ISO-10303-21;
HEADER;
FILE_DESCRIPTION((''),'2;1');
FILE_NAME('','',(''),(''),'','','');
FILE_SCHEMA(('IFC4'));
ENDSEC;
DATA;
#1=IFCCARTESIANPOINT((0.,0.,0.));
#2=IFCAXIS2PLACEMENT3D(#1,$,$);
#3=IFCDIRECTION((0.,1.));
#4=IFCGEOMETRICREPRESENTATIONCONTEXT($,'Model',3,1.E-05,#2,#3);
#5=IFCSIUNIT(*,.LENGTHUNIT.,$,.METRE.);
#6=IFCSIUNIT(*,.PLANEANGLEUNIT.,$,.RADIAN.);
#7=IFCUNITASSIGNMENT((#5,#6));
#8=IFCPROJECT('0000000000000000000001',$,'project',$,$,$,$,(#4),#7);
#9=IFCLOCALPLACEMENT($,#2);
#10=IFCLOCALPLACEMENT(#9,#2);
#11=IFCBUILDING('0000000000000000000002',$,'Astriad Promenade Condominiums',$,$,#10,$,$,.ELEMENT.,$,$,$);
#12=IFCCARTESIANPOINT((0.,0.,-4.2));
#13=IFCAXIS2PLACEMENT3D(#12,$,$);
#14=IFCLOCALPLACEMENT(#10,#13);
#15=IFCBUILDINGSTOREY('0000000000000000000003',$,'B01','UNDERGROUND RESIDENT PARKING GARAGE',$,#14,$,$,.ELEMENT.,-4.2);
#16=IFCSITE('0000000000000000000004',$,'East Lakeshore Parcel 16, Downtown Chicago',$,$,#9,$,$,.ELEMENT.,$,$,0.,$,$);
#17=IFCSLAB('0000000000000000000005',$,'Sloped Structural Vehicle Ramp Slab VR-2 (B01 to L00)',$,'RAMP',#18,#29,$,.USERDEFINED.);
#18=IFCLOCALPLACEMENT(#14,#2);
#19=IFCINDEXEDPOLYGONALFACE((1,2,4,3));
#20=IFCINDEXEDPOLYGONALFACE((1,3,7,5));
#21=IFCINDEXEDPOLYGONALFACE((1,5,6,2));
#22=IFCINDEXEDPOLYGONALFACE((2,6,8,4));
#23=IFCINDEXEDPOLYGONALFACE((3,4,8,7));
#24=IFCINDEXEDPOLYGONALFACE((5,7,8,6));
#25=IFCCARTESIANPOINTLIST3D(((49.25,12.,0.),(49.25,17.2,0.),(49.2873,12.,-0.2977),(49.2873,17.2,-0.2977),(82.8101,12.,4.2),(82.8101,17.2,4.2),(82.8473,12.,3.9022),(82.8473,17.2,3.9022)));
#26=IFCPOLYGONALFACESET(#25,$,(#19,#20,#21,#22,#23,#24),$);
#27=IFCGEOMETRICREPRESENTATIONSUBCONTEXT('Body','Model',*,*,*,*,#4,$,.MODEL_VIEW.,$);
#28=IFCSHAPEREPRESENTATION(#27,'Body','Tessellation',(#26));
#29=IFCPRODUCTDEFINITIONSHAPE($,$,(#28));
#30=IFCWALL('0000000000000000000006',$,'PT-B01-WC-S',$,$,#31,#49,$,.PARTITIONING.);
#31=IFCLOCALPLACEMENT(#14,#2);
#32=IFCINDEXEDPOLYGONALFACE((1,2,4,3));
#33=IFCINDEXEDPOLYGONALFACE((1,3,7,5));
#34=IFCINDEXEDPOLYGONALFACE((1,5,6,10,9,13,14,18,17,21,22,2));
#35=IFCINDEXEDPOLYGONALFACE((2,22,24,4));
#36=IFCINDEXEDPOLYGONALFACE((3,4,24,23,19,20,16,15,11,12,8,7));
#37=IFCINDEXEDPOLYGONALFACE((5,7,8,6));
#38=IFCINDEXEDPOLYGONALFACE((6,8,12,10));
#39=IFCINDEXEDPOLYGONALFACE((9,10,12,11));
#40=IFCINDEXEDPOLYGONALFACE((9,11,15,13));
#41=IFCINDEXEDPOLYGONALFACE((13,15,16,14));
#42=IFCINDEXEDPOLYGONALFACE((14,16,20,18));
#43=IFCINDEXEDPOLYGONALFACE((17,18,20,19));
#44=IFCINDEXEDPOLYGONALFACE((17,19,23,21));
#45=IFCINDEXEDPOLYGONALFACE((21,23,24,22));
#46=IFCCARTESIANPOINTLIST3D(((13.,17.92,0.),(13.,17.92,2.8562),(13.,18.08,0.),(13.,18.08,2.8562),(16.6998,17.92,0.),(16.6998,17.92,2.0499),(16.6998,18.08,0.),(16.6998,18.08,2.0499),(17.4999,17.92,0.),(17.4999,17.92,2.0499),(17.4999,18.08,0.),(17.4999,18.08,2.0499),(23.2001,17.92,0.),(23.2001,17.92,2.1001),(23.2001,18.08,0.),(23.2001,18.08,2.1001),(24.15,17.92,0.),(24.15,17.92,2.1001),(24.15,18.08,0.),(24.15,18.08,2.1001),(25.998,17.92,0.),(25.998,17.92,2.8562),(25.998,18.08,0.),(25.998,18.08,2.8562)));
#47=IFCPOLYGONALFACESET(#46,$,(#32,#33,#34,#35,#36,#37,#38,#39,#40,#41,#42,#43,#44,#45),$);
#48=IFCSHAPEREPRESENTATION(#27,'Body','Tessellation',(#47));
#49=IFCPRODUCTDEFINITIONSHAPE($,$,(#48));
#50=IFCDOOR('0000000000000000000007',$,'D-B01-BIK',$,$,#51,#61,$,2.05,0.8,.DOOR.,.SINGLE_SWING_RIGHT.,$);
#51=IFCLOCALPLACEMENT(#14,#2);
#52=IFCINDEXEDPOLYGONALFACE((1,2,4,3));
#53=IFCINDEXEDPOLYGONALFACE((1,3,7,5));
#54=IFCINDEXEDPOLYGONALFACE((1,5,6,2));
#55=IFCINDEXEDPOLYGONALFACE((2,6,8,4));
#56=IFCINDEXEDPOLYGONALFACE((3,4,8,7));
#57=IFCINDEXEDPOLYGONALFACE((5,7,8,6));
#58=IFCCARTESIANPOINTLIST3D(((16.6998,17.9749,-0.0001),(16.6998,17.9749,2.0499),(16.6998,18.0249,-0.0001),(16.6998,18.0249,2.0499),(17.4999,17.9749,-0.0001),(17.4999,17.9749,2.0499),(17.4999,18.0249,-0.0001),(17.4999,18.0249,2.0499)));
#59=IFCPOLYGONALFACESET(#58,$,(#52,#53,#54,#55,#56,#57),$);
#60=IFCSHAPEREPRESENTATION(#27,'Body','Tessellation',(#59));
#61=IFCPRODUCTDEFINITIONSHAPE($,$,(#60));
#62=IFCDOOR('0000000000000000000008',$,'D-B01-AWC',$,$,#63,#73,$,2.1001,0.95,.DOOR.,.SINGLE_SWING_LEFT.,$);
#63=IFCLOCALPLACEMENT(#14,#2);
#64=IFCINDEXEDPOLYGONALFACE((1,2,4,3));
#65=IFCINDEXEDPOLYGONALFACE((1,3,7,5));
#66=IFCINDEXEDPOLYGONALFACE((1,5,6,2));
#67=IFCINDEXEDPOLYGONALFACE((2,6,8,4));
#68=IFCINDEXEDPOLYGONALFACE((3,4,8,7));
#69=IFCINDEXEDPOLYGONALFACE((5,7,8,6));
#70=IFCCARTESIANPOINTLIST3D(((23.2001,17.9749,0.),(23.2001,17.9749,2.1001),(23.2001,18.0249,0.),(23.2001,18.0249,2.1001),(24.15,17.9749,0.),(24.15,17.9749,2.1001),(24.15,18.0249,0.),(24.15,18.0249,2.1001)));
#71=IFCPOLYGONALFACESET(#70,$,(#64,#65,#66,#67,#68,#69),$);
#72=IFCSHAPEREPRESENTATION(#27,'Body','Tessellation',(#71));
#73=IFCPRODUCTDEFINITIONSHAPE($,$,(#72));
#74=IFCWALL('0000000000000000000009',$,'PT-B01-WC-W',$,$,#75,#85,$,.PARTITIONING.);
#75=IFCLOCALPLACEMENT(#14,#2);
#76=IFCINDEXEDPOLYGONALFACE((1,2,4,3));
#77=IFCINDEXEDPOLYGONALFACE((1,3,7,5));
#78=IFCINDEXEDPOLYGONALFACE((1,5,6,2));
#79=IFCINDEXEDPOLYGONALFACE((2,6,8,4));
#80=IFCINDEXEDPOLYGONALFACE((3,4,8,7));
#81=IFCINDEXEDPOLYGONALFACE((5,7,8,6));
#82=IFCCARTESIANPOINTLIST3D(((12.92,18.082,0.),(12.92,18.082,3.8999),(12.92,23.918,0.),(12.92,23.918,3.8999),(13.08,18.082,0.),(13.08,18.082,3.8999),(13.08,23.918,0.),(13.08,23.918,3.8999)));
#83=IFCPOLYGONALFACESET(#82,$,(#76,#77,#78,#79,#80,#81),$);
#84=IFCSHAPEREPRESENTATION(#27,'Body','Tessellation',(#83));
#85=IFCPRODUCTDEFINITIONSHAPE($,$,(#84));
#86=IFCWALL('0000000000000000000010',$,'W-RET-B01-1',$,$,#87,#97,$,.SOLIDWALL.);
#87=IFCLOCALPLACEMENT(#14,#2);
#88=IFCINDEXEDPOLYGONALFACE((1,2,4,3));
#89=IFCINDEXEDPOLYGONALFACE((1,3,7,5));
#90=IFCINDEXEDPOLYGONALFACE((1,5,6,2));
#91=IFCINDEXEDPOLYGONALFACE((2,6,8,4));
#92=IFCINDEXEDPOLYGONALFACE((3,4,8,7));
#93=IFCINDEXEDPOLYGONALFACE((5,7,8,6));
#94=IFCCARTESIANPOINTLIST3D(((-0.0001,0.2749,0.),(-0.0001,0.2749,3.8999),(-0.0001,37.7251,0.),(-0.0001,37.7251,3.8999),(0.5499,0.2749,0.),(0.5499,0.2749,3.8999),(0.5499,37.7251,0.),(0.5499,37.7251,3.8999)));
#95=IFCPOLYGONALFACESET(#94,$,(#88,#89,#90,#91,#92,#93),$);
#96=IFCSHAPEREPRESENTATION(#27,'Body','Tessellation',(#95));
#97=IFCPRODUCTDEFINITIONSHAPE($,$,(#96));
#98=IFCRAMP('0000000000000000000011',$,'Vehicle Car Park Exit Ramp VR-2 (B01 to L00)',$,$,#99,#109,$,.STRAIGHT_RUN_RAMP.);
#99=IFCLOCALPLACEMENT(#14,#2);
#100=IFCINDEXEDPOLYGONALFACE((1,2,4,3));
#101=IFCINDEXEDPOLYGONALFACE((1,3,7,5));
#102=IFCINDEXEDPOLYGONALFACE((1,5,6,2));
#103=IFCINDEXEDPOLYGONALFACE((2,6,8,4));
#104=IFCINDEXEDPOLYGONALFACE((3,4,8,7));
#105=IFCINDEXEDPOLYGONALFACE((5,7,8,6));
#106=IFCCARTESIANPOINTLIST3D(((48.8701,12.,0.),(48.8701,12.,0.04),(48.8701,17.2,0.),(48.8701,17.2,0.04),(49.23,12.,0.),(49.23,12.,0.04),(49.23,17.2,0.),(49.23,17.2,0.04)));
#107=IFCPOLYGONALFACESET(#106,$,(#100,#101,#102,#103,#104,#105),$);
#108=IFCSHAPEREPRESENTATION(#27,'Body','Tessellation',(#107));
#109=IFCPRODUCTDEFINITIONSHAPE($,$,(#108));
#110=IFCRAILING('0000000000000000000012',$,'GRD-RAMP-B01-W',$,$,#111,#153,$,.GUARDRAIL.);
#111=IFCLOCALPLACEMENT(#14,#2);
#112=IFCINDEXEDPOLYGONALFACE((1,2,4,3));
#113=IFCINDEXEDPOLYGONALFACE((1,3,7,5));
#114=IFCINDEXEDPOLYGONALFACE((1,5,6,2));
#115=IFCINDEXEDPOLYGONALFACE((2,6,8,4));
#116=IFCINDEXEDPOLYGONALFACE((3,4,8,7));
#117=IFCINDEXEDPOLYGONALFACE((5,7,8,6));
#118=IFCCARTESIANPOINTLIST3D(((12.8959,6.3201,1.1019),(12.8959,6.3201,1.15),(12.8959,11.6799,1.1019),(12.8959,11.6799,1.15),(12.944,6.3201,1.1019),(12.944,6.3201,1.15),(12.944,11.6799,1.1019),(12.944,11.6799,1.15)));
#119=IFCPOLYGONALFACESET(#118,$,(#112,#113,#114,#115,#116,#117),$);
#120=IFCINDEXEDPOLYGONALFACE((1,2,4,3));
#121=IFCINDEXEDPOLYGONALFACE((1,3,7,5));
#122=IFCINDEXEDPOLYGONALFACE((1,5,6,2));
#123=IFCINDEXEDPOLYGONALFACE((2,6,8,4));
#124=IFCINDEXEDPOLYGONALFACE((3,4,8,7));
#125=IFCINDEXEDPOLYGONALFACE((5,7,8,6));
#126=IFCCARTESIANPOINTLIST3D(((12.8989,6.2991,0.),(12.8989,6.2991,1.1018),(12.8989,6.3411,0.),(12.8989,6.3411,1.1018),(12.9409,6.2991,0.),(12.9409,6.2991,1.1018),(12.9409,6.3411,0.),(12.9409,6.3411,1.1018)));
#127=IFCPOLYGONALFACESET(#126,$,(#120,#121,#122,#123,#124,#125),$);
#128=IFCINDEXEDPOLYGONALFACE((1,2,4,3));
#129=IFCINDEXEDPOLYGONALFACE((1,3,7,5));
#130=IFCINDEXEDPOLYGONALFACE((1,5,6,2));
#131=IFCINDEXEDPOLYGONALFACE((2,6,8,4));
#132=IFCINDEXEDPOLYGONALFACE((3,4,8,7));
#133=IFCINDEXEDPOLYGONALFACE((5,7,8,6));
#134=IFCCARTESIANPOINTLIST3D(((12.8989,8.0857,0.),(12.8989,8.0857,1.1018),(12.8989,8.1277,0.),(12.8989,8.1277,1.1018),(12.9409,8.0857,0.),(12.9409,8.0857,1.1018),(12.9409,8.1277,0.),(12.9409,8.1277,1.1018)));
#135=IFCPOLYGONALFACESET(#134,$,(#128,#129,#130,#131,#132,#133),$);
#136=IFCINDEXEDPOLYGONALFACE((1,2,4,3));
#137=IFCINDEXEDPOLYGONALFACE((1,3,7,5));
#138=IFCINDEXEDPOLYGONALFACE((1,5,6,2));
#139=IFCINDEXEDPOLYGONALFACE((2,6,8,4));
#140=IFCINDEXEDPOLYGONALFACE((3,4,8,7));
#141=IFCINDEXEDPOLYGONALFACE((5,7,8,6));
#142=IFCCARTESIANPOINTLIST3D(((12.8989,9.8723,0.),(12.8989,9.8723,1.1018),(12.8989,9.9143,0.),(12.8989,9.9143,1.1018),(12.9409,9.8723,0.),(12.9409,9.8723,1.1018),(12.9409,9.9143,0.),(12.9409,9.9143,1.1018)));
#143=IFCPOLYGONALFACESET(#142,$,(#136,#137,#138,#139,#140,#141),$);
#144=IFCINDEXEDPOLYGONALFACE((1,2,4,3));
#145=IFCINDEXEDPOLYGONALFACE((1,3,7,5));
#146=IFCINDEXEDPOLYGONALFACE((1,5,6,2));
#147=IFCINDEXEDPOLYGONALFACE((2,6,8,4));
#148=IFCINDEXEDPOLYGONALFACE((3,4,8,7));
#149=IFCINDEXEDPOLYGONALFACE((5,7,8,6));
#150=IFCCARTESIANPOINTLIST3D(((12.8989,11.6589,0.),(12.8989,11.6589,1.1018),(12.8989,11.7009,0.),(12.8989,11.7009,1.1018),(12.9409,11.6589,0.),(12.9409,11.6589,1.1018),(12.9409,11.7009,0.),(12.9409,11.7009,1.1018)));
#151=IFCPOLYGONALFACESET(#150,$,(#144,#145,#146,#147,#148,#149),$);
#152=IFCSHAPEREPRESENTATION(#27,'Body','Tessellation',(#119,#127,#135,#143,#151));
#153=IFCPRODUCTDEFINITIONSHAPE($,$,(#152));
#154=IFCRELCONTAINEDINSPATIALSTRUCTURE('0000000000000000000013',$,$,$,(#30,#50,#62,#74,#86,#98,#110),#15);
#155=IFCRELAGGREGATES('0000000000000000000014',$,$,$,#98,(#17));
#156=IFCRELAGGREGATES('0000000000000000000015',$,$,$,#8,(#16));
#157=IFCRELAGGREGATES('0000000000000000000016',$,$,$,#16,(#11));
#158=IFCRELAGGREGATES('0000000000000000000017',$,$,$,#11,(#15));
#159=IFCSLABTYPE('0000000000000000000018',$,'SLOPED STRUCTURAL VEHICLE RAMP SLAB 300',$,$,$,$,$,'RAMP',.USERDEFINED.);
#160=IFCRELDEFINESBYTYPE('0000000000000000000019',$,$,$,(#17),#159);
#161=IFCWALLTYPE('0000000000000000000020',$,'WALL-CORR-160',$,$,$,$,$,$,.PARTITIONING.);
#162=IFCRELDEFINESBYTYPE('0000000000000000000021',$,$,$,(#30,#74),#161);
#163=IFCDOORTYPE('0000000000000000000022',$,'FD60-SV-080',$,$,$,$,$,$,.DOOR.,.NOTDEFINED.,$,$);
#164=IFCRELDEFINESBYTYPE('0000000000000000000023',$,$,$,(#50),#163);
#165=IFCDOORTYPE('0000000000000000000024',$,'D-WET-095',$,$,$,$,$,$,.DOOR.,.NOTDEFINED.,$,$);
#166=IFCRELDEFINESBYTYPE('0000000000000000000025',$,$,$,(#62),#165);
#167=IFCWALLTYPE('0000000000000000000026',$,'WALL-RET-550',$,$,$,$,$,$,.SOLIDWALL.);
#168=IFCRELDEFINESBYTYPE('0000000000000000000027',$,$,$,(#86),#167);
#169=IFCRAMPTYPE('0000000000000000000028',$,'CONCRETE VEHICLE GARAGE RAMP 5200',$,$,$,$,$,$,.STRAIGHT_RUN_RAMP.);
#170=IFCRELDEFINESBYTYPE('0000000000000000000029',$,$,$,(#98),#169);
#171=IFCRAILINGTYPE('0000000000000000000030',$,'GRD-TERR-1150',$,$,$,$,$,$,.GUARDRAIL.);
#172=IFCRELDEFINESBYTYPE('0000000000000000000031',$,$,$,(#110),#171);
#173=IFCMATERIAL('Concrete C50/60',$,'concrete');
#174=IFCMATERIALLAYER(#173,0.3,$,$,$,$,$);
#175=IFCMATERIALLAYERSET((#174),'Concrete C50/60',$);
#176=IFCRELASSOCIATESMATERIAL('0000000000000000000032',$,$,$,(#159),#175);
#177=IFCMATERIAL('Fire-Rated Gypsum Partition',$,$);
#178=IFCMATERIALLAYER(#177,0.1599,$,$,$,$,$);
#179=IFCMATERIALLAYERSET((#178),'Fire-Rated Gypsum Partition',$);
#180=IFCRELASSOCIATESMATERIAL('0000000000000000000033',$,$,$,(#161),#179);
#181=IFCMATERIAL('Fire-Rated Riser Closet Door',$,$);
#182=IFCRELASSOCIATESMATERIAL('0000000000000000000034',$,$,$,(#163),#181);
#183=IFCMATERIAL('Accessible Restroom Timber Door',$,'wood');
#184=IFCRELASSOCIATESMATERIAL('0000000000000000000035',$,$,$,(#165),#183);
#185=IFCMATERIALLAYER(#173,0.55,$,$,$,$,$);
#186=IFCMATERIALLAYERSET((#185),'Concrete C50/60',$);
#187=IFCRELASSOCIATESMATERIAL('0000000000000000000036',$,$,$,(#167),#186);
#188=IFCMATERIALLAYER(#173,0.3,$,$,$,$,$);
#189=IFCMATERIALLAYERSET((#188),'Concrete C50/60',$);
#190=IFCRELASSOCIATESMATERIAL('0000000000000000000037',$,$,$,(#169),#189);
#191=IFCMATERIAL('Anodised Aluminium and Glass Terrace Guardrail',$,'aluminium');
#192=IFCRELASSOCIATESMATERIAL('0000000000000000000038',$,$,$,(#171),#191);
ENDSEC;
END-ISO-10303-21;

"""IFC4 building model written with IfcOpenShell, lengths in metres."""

from ifc_helpers import new_model, si_unit, direction, frame, frame_2d, origin, origin_2d, place, context, subcontext, project, spatial, polyline, rectangle, outline, extrude, source, transform, mapped, material, layer, layer_set, type_object, type_shapes, element, fill, aggregate, save


model = new_model("IFC4")

# Units and contexts
model_context = context("Model", 3, precision=1e-05, world=origin(), true_north=direction((0.0, 1.0)))
body_context = subcontext(model_context, "Body", "Model", "MODEL_VIEW")
ifc_project = project(units=[si_unit("LENGTHUNIT", "METRE"), si_unit("PLANEANGLEUNIT", "RADIAN")], contexts=[model_context])

# Site, building, storey
site_placement = place(None, origin())
site = spatial("IfcSite", under=ifc_project, at=site_placement, Name="East Lakeshore Parcel 16, Downtown Chicago", CompositionType="ELEMENT", RefElevation=0.0)
building_placement = place(site_placement, origin())
building = spatial("IfcBuilding", under=site, at=building_placement, Name="Astriad Promenade Condominiums", CompositionType="ELEMENT")
storey_placement = place(building_placement, frame((0.0, 0.0, -4.2)))
storey = spatial("IfcBuildingStorey", under=building, at=storey_placement, Name="B01", Description="UNDERGROUND RESIDENT PARKING GARAGE", CompositionType="ELEMENT", Elevation=-4.2)

# Shared definitions
ifc_material_1 = material(Name="Concrete C50/60", Category="concrete")

# Slab
ifc_layer_1 = layer(ifc_material_1, 0.3)
ifc_layer_set_1 = layer_set([ifc_layer_1], Name="Concrete C50/60")
slab_type_1 = type_object("IfcSlabType", Name="SLOPED STRUCTURAL VEHICLE RAMP SLAB 300", ElementType="RAMP", PredefinedType="USERDEFINED", material=ifc_layer_set_1)
slab_1_placement = place(storey_placement, frame((49.25, 12.0, 0.0), z_axis=(-0.124179, 0.0, 0.99226), x_axis=(0.99226, 0.0, 0.124179)))
slab_1 = element("IfcSlab", 1, at=slab_1_placement, type_object=slab_type_1, Name="Sloped Structural Vehicle Ramp Slab VR-2 (B01 to L00)", ObjectType="RAMP", PredefinedType="USERDEFINED", context=body_context, shape_type="SweptSolid", body=[
    extrude(outline(polyline([(0.0, 0.0), (33.8218, 0.0), (33.8218, 5.2), (0.0, 5.2), (0.0, 0.0)])), origin(), (0.0, 0.0, -1.0), 0.3),
])

# Wall, openings, doors
ifc_material_2 = material(Name="Fire-Rated Gypsum Partition")
ifc_layer_2 = layer(ifc_material_2, 0.1599)
ifc_layer_set_2 = layer_set([ifc_layer_2], Name="Fire-Rated Gypsum Partition")
wall_type_1 = type_object("IfcWallType", Name="WALL-CORR-160", PredefinedType="PARTITIONING", material=ifc_layer_set_2)
wall_1_placement = place(storey_placement, frame((13.0, 18.0, 0.0), z_axis=(0.0, 0.0, 1.0), x_axis=(1.0, 0.0, 0.0)))
wall_1 = element("IfcWall", 2, at=wall_1_placement, inside=storey, type_object=wall_type_1, Name="PT-B01-WC-S", PredefinedType="PARTITIONING", context=body_context, shape_type="SweptSolid", body=[
    extrude(rectangle(XDim=12.998, YDim=0.1599, at=frame_2d((6.499, 0.0))), origin(), (0.0, 0.0, 1.0), 2.8562),
])
opening_1_placement = place(wall_1_placement, frame((10.2, 0.0, 0.0)))
opening_1 = element("IfcOpeningElement", 3, at=opening_1_placement, cuts=wall_1, PredefinedType="OPENING", context=body_context, shape_type="SweptSolid", body=[
    extrude(rectangle(XDim=0.95, YDim=2.1001, at=frame_2d((0.4751, 1.05))), frame((0.0, 0.0898, 0.0), z_axis=(0.0, -1.0, 0.0), x_axis=(1.0, 0.0, 0.0)), (0.0, 0.0, 1.0), 0.1799),
])
opening_2_placement = place(wall_1_placement, frame((3.7, 0.0, 0.0)))
opening_2 = element("IfcOpeningElement", 4, at=opening_2_placement, cuts=wall_1, PredefinedType="OPENING", context=body_context, shape_type="SweptSolid", body=[
    extrude(rectangle(XDim=0.8, YDim=2.05, at=frame_2d((0.3999, 1.0249))), frame((0.0, 0.0898, 0.0), z_axis=(0.0, -1.0, 0.0), x_axis=(1.0, 0.0, 0.0)), (0.0, 0.0, 1.0), 0.1799),
])
ifc_material_3 = material(Name="Fire-Rated Riser Closet Door")
door_type_1 = type_object("IfcDoorType", Name="FD60-SV-080", OperationType="NOTDEFINED", PredefinedType="DOOR", material=ifc_material_3)
shared_shape_1 = source(origin(), body_context, "Body", "SweptSolid", [
    extrude(rectangle(XDim=0.8, YDim=2.05, at=frame_2d((0.3999, 1.0249))), frame((0.0, 0.0249, 0.0), z_axis=(0.0, -1.0, 0.0), x_axis=(1.0, 0.0, 0.0)), (0.0, 0.0, 1.0), 0.05),
])
type_shapes(door_type_1, [shared_shape_1])
door_1_placement = place(opening_2_placement, origin())
door_1 = element("IfcDoor", 5, at=door_1_placement, inside=storey, type_object=door_type_1, Name="D-B01-BIK", OperationType="SINGLE_SWING_RIGHT", OverallHeight=2.05, OverallWidth=0.8, PredefinedType="DOOR", context=body_context, shape_type="MappedRepresentation", body=[
    mapped(shared_shape_1, transform((0.0, 0.0, 0.0), scale=1.0)),
])
fill(opening_2, door_1)
ifc_material_4 = material(Name="Accessible Restroom Timber Door", Category="wood")
door_type_2 = type_object("IfcDoorType", Name="D-WET-095", OperationType="NOTDEFINED", PredefinedType="DOOR", material=ifc_material_4)
shared_shape_2 = source(origin(), body_context, "Body", "SweptSolid", [
    extrude(rectangle(XDim=0.95, YDim=2.1001, at=frame_2d((0.4751, 1.05))), frame((0.0, 0.0249, 0.0), z_axis=(0.0, -1.0, 0.0), x_axis=(1.0, 0.0, 0.0)), (0.0, 0.0, 1.0), 0.05),
])
type_shapes(door_type_2, [shared_shape_2])
door_2_placement = place(opening_1_placement, origin())
door_2 = element("IfcDoor", 6, at=door_2_placement, inside=storey, type_object=door_type_2, Name="D-B01-AWC", OperationType="SINGLE_SWING_LEFT", OverallHeight=2.1001, OverallWidth=0.95, PredefinedType="DOOR", context=body_context, shape_type="MappedRepresentation", body=[
    mapped(shared_shape_2, transform((0.0, 0.0, 0.0), scale=1.0)),
])
fill(opening_1, door_2)

# Walls
wall_2_placement = place(storey_placement, frame((13.0, 18.082, 0.0), z_axis=(0.0, 0.0, 1.0), x_axis=(0.0, 1.0, 0.0)))
element("IfcWall", 7, at=wall_2_placement, inside=storey, type_object=wall_type_1, Name="PT-B01-WC-W", PredefinedType="PARTITIONING", context=body_context, shape_type="SweptSolid", body=[
    extrude(rectangle(XDim=5.8359, YDim=0.1599, at=frame_2d((2.918, 0.0))), origin(), (0.0, 0.0, 1.0), 3.8999),
])
ifc_layer_3 = layer(ifc_material_1, 0.55)
ifc_layer_set_3 = layer_set([ifc_layer_3], Name="Concrete C50/60")
wall_type_2 = type_object("IfcWallType", Name="WALL-RET-550", PredefinedType="SOLIDWALL", material=ifc_layer_set_3)
wall_3_placement = place(storey_placement, frame((0.2749, 0.2749, 0.0), z_axis=(0.0, 0.0, 1.0), x_axis=(0.0, 1.0, 0.0)))
element("IfcWall", 8, at=wall_3_placement, inside=storey, type_object=wall_type_2, Name="W-RET-B01-1", PredefinedType="SOLIDWALL", context=body_context, shape_type="SweptSolid", body=[
    extrude(rectangle(XDim=37.4502, YDim=0.55, at=frame_2d((18.7251, 0.0))), origin(), (0.0, 0.0, 1.0), 3.8999),
])

# Ramp
ifc_layer_4 = layer(ifc_material_1, 0.3)
ifc_layer_set_4 = layer_set([ifc_layer_4], Name="Concrete C50/60")
ramp_type = type_object("IfcRampType", Name="CONCRETE VEHICLE GARAGE RAMP 5200", PredefinedType="STRAIGHT_RUN_RAMP", material=ifc_layer_set_4)
ramp_placement = place(storey_placement, origin())
ramp = element("IfcRamp", 9, at=ramp_placement, inside=storey, type_object=ramp_type, Name="Vehicle Car Park Exit Ramp VR-2 (B01 to L00)", PredefinedType="STRAIGHT_RUN_RAMP", context=body_context, shape_type="SweptSolid", body=[
    extrude(outline(polyline([(48.8701, 12.0), (49.23, 12.0), (49.23, 17.2), (48.8701, 17.2), (48.8701, 12.0)])), origin(), (0.0, 0.0, 1.0), 0.04),
])
aggregate(ramp, [slab_1])

# Railing
ifc_material_5 = material(Name="Anodised Aluminium and Glass Terrace Guardrail", Category="aluminium")
railing_type = type_object("IfcRailingType", Name="GRD-TERR-1150", PredefinedType="GUARDRAIL", material=ifc_material_5)
shared_shape_3 = source(origin(), body_context, "Body", "SweptSolid", [
    extrude(rectangle(XDim=0.0481, YDim=0.0481, at=origin_2d()), frame((0.0, 0.0, 1.126), z_axis=(0.0, 1.0, 0.0), x_axis=(-1.0, 0.0, 0.0)), (0.0, 0.0, 1.0), 5.3599),
    extrude(rectangle(XDim=0.042, YDim=0.042, at=origin_2d()), origin(), (0.0, 0.0, 1.0), 1.1018),
    extrude(rectangle(XDim=0.042, YDim=0.042, at=origin_2d()), frame((0.0, 1.7866, 0.0)), (0.0, 0.0, 1.0), 1.1018),
    extrude(rectangle(XDim=0.042, YDim=0.042, at=origin_2d()), frame((0.0, 3.5732, 0.0)), (0.0, 0.0, 1.0), 1.1018),
    extrude(rectangle(XDim=0.042, YDim=0.042, at=origin_2d()), frame((0.0, 5.3599, 0.0)), (0.0, 0.0, 1.0), 1.1018),
])
railing_placement = place(storey_placement, frame((12.9199, 6.3201, 0.0)))
element("IfcRailing", 10, at=railing_placement, inside=storey, type_object=railing_type, Name="GRD-RAMP-B01-W", PredefinedType="GUARDRAIL", context=body_context, shape_type="MappedRepresentation", body=[
    mapped(shared_shape_3, transform((0.0, 0.0, 0.0), scale=1.0)),
])

save(model, "model.ifc")
